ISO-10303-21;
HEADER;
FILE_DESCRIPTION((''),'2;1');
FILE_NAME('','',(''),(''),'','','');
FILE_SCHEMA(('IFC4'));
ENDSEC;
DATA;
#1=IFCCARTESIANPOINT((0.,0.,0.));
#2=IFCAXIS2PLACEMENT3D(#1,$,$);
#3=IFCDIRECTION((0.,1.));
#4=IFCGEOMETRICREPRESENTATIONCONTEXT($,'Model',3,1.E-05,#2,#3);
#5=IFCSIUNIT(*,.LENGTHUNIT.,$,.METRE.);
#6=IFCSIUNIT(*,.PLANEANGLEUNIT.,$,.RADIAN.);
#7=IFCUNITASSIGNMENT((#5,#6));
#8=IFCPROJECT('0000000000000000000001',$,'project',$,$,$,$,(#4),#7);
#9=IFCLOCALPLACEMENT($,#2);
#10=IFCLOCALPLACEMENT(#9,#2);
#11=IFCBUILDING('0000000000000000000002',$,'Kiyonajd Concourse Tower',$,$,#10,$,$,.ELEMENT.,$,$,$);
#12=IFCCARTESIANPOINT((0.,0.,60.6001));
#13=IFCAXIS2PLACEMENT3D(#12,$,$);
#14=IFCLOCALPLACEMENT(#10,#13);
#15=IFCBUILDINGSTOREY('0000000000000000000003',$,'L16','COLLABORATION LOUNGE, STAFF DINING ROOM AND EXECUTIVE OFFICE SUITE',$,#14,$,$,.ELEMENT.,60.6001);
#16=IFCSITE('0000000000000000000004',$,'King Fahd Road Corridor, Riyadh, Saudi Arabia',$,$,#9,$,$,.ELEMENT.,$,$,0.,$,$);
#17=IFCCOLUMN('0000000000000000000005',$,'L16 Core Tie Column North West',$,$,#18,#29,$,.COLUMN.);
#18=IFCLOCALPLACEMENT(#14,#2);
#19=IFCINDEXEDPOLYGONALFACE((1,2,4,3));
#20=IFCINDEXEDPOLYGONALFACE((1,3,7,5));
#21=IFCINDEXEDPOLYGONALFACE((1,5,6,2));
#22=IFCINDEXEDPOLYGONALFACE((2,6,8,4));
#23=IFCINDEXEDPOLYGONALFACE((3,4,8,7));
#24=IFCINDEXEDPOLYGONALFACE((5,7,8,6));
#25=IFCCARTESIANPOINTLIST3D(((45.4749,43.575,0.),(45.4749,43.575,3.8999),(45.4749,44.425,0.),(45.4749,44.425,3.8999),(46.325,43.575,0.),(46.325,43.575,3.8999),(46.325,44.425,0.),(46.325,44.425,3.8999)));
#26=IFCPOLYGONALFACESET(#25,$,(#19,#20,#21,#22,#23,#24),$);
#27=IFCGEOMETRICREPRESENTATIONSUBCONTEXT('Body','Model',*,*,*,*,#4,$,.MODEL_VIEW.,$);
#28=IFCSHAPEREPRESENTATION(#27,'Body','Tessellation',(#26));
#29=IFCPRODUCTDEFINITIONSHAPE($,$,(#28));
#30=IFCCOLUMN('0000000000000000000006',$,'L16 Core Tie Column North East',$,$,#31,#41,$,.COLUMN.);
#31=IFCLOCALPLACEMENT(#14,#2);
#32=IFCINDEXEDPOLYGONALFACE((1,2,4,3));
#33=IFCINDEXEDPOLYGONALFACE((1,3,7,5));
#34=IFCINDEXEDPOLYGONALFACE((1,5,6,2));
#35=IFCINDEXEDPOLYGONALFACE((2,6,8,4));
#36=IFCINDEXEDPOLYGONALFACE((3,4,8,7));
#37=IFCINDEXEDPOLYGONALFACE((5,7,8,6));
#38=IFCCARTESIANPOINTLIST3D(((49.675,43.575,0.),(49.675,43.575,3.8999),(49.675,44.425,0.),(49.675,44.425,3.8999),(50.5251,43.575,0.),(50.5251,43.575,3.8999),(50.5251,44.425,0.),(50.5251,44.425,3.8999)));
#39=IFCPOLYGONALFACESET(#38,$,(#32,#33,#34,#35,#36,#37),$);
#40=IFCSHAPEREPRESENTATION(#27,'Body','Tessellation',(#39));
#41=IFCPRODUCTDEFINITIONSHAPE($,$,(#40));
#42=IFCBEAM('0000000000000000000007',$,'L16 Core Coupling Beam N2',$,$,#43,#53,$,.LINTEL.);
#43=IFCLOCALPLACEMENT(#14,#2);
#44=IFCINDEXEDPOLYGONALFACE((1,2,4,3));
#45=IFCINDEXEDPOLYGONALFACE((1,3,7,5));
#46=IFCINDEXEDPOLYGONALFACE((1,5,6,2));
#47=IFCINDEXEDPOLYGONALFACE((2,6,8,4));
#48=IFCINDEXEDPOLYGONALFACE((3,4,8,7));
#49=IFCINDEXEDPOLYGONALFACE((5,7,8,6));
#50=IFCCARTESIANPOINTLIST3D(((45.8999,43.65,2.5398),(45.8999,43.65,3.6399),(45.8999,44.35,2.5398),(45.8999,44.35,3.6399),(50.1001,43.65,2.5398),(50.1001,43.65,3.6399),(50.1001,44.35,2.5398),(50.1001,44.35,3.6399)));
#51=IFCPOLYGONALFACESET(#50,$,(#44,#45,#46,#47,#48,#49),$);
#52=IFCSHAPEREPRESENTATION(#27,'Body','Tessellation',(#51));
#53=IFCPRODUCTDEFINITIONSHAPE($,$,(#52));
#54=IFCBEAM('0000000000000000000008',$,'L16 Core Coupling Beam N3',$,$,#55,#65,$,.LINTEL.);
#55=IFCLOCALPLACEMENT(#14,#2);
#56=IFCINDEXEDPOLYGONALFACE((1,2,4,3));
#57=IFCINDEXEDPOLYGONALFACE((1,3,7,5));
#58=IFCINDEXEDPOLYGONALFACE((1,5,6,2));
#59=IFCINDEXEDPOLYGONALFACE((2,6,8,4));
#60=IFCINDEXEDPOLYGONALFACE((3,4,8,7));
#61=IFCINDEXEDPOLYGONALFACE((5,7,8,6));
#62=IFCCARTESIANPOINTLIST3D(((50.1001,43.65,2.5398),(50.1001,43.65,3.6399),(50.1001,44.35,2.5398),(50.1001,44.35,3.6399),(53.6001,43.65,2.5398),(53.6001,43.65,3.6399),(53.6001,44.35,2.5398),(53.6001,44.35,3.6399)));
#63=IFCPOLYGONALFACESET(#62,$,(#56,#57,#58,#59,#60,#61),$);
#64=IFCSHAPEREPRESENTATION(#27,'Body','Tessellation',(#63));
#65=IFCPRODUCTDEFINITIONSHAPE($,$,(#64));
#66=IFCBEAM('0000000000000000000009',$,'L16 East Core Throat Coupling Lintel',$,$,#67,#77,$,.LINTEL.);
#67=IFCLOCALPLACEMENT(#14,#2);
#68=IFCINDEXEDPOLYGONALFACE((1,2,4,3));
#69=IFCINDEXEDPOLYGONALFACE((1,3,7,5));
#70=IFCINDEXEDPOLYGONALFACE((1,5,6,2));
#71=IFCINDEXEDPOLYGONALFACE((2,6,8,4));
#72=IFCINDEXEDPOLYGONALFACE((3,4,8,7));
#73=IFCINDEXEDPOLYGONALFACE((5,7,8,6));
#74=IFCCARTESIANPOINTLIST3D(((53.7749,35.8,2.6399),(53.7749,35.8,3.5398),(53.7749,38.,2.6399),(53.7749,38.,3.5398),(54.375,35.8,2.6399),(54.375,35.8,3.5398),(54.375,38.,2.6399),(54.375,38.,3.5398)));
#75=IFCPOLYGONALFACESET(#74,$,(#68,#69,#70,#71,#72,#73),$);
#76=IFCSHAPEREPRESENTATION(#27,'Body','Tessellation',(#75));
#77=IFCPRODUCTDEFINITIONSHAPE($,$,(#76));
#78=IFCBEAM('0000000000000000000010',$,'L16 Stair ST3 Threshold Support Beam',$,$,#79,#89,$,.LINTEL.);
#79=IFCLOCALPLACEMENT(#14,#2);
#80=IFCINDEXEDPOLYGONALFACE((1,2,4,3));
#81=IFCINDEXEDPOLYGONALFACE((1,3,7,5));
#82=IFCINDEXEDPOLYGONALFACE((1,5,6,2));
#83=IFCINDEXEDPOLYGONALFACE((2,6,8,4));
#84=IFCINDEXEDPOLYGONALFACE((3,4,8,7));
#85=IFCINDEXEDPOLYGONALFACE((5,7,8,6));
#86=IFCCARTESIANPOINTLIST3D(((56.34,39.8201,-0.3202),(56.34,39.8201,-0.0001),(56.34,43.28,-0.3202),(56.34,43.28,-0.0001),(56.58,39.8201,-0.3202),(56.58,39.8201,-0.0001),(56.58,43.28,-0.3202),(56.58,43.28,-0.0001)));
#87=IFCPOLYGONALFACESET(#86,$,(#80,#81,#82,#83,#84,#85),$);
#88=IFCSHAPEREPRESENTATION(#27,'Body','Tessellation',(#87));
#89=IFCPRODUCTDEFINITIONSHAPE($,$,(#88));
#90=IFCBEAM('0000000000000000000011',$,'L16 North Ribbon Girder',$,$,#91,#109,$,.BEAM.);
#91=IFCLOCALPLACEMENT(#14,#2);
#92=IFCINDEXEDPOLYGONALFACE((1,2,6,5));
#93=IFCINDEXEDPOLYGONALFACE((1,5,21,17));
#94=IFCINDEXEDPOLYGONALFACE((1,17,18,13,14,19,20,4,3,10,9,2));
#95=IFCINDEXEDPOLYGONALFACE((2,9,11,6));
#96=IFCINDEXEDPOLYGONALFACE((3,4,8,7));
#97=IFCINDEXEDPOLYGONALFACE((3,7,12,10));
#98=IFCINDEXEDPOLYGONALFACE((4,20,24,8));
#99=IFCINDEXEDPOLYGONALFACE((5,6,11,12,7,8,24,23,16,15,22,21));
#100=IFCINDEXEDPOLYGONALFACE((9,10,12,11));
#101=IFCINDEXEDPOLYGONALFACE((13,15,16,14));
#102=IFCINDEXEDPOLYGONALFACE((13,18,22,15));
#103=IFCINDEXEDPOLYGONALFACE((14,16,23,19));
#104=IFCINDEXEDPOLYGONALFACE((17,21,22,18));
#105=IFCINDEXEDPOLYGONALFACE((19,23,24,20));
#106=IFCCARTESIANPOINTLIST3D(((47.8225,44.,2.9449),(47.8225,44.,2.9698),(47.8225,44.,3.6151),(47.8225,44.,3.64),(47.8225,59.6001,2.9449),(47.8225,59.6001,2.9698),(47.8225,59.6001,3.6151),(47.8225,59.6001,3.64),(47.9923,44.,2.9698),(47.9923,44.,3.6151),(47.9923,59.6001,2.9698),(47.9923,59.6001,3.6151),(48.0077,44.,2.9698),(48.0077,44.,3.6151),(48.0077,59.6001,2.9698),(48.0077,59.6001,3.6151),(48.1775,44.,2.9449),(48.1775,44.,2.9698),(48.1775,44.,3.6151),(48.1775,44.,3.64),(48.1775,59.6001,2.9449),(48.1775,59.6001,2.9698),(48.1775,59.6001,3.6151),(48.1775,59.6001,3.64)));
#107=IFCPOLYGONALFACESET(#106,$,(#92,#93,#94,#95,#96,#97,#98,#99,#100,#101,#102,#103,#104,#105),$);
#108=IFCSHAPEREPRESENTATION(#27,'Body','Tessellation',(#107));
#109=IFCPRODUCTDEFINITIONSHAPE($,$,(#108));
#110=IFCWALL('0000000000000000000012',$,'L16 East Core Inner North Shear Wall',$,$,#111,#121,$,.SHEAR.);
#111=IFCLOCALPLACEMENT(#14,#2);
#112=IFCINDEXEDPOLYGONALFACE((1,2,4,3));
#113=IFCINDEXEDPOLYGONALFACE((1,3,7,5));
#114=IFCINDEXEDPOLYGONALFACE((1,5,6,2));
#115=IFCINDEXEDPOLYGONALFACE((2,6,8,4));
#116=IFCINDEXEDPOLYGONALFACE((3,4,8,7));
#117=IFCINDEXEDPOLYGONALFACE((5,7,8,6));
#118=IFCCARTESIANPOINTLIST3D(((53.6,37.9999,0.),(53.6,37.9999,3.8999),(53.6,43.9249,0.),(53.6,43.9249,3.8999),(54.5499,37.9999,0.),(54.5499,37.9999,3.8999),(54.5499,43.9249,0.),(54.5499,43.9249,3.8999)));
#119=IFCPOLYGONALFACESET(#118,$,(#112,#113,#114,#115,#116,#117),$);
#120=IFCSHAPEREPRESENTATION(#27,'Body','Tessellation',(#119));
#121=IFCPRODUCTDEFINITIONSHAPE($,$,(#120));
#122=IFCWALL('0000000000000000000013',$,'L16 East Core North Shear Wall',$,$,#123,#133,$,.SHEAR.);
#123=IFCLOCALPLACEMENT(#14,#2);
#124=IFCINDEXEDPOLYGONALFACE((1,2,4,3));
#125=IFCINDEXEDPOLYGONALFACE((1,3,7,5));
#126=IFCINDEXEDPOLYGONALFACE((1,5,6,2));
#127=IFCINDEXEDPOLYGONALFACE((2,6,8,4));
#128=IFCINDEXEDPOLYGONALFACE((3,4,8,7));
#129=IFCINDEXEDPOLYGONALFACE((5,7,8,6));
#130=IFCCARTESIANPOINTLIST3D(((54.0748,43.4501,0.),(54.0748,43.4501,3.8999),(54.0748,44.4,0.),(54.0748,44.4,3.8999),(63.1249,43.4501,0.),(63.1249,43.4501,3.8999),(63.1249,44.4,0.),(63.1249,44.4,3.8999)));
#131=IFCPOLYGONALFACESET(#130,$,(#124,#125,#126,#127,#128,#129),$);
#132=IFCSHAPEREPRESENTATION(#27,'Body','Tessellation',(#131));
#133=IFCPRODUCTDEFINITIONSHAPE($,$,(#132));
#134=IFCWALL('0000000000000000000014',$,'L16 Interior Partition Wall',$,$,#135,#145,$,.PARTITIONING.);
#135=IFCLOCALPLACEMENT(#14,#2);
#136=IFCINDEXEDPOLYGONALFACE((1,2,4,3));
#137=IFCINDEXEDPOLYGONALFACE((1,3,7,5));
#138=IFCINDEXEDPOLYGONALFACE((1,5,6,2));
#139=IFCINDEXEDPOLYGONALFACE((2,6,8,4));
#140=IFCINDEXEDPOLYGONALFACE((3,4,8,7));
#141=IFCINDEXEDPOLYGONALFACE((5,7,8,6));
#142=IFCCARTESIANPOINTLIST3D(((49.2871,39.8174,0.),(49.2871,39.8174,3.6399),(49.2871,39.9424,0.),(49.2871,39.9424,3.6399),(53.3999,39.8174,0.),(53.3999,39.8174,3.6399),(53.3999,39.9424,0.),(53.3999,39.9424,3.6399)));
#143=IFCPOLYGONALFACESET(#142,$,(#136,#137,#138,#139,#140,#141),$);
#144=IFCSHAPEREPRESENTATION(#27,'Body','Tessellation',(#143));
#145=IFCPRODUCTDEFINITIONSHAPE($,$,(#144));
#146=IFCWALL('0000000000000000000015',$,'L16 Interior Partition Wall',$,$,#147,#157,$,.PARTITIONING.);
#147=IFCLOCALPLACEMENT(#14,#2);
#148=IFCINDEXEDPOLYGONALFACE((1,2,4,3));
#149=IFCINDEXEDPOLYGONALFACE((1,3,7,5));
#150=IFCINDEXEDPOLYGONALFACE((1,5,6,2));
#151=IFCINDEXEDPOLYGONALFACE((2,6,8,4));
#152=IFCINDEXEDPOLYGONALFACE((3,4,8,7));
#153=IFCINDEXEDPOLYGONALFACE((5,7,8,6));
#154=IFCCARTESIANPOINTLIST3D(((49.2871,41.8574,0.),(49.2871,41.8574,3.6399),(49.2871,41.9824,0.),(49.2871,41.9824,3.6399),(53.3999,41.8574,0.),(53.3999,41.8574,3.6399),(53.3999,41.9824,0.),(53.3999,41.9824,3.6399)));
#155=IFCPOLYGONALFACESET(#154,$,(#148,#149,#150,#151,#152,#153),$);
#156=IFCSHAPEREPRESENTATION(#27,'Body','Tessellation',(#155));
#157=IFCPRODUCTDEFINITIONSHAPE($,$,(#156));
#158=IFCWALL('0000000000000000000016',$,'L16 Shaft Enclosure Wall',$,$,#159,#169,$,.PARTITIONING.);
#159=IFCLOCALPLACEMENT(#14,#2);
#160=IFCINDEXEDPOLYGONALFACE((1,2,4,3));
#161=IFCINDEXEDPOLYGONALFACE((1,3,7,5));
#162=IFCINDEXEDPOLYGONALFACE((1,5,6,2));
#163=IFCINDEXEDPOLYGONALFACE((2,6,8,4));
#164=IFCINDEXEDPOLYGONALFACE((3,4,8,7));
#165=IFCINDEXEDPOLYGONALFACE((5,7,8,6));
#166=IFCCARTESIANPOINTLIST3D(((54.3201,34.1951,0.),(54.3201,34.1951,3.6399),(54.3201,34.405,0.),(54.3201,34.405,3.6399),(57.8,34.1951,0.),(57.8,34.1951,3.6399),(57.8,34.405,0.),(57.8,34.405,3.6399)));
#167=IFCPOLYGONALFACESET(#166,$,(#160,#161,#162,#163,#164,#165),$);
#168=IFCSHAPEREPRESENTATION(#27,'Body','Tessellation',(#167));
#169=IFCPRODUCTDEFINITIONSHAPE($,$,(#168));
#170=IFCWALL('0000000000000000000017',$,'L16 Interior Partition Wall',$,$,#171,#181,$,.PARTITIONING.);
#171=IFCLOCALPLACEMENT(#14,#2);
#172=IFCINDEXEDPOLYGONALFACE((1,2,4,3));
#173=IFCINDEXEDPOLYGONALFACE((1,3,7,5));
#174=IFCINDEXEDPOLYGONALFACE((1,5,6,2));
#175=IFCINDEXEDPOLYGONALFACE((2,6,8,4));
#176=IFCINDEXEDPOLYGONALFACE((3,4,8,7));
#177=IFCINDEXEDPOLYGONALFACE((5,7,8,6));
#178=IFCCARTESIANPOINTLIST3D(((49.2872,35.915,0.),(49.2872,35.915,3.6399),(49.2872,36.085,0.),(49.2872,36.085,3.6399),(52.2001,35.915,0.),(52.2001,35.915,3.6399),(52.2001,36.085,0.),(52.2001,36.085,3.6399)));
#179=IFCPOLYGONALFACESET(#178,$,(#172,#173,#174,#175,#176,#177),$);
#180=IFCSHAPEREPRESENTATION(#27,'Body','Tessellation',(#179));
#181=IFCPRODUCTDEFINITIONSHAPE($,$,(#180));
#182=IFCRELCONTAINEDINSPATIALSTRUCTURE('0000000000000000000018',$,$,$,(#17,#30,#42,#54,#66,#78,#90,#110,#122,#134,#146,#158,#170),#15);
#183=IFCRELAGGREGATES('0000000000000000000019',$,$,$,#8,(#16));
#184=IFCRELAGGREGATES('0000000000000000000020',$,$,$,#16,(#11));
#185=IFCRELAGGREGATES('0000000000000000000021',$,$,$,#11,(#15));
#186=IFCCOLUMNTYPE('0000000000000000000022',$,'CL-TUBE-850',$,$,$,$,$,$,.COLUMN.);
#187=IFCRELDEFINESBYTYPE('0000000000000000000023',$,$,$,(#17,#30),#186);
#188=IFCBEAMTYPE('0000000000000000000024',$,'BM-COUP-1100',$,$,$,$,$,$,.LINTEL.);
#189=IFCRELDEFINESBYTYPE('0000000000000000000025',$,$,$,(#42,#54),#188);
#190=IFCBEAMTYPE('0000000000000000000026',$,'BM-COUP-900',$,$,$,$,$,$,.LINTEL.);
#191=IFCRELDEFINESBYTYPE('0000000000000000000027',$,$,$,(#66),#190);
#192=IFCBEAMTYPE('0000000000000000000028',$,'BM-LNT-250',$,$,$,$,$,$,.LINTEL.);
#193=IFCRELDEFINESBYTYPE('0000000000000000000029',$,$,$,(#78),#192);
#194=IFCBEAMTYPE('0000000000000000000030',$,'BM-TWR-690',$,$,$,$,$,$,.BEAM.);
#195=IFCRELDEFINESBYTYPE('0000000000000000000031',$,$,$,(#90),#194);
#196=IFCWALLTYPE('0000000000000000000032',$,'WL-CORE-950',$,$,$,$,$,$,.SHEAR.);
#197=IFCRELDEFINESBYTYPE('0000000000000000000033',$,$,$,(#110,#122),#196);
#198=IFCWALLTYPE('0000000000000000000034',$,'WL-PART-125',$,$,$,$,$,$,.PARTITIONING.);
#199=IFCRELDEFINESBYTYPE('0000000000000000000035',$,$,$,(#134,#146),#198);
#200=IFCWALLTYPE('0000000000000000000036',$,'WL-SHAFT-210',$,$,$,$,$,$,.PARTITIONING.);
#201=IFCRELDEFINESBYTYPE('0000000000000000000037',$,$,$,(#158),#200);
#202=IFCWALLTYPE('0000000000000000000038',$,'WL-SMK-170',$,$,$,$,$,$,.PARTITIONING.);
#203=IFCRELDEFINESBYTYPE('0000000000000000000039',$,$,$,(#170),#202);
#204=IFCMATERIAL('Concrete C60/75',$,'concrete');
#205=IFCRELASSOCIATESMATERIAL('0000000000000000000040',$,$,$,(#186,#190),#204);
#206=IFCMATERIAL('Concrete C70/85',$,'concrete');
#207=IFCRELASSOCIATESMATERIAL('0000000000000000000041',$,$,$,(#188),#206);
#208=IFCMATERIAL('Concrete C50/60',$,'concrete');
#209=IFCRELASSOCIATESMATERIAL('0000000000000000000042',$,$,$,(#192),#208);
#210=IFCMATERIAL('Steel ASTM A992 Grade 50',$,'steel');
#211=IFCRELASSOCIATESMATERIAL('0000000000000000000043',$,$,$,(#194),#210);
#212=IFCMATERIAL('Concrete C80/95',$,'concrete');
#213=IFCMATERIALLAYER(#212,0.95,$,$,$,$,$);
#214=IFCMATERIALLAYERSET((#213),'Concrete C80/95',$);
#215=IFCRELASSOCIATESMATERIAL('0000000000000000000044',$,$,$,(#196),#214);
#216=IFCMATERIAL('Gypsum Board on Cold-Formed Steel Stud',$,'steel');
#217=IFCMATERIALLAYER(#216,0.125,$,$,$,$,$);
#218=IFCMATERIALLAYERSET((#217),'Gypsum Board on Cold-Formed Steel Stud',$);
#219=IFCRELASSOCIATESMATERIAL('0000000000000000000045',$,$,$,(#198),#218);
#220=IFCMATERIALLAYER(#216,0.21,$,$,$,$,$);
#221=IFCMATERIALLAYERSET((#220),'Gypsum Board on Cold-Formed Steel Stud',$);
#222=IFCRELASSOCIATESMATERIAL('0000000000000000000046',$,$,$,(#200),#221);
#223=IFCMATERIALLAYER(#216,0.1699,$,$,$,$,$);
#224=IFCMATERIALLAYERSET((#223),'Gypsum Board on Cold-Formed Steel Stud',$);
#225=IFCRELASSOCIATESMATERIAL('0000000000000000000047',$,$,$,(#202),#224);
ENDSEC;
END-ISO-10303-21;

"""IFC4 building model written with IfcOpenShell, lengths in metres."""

from ifc_helpers import new_model, si_unit, direction, frame, frame_2d, origin, origin_2d, place, context, subcontext, project, spatial, rectangle, i_section, extrude, material, layer, layer_set, material_profile, profile_set, type_object, element, save


model = new_model("IFC4")

# Units and contexts
model_context = context("Model", 3, precision=1e-05, world=origin(), true_north=direction((0.0, 1.0)))
body_context = subcontext(model_context, "Body", "Model", "MODEL_VIEW")
ifc_project = project(units=[si_unit("LENGTHUNIT", "METRE"), si_unit("PLANEANGLEUNIT", "RADIAN")], contexts=[model_context])

# Site, building, storey
site_placement = place(None, origin())
site = spatial("IfcSite", under=ifc_project, at=site_placement, Name="King Fahd Road Corridor, Riyadh, Saudi Arabia", CompositionType="ELEMENT", RefElevation=0.0)
building_placement = place(site_placement, origin())
building = spatial("IfcBuilding", under=site, at=building_placement, Name="Kiyonajd Concourse Tower", CompositionType="ELEMENT")
storey_placement = place(building_placement, frame((0.0, 0.0, 60.6001)))
storey = spatial("IfcBuildingStorey", under=building, at=storey_placement, Name="L16", Description="COLLABORATION LOUNGE, STAFF DINING ROOM AND EXECUTIVE OFFICE SUITE", CompositionType="ELEMENT", Elevation=60.6001)

# Columns
ifc_material_1 = material(Name="Concrete C60/75", Category="concrete")
ifc_material_profile_1 = material_profile(ifc_material_1, rectangle(XDim=0.8501, YDim=0.8501, at=origin_2d()), Name="RC-850x850")
ifc_profile_set_1 = profile_set([ifc_material_profile_1], Name="Concrete C60/75")
column_type = type_object("IfcColumnType", Name="CL-TUBE-850", PredefinedType="COLUMN", material=ifc_profile_set_1)
for number, where, z_axis, x_axis, name in (
    (1, (45.8999, 44.0, 0.0), (0.0, 0.0, 1.0), (1.0, 0.0, 0.0), "L16 Core Tie Column North West"),
    (2, (50.1001, 44.0, 0.0), (0.0, 0.0, 1.0), (1.0, 0.0, 0.0), "L16 Core Tie Column North East"),
):
    element("IfcColumn", number, at=place(storey_placement, frame(where, z_axis=z_axis, x_axis=x_axis)), inside=storey, type_object=column_type, Name=name, PredefinedType="COLUMN", context=body_context, shape_type="SweptSolid", body=[
        extrude(rectangle(XDim=0.8501, YDim=0.8501, at=origin_2d()), origin(), (0.0, 0.0, 1.0), 3.8999),
    ])

# Beams
ifc_material_2 = material(Name="Concrete C70/85", Category="concrete")
ifc_material_profile_2 = material_profile(ifc_material_2, rectangle(XDim=0.7, YDim=1.1001, at=origin_2d()), Name="RCBM-700x1100")
ifc_profile_set_2 = profile_set([ifc_material_profile_2], Name="Concrete C70/85")
beam_type_1 = type_object("IfcBeamType", Name="BM-COUP-1100", PredefinedType="LINTEL", material=ifc_profile_set_2)
beam_1_placement = place(storey_placement, frame((45.8999, 44.0, 3.0898), z_axis=(1.0, 0.0, 0.0), x_axis=(0.0, 1.0, 0.0)))
element("IfcBeam", 3, at=beam_1_placement, inside=storey, type_object=beam_type_1, Name="L16 Core Coupling Beam N2", PredefinedType="LINTEL", context=body_context, shape_type="SweptSolid", body=[
    extrude(rectangle(XDim=0.7, YDim=1.1001, at=origin_2d()), origin(), (0.0, 0.0, 1.0), 4.2002),
])
beam_2_placement = place(storey_placement, frame((50.1001, 44.0, 3.0898), z_axis=(1.0, 0.0, 0.0), x_axis=(0.0, 1.0, 0.0)))
element("IfcBeam", 4, at=beam_2_placement, inside=storey, type_object=beam_type_1, Name="L16 Core Coupling Beam N3", PredefinedType="LINTEL", context=body_context, shape_type="SweptSolid", body=[
    extrude(rectangle(XDim=0.7, YDim=1.1001, at=origin_2d()), origin(), (0.0, 0.0, 1.0), 3.5),
])
ifc_material_profile_3 = material_profile(ifc_material_1, rectangle(XDim=0.6001, YDim=0.8999, at=origin_2d()), Name="RCBM-600x900")
ifc_profile_set_3 = profile_set([ifc_material_profile_3], Name="Concrete C60/75")
beam_type_2 = type_object("IfcBeamType", Name="BM-COUP-900", PredefinedType="LINTEL", material=ifc_profile_set_3)
beam_3_placement = place(storey_placement, frame((54.075, 35.8, 3.0898), z_axis=(0.0, 1.0, 0.0), x_axis=(-1.0, 0.0, 0.0)))
element("IfcBeam", 5, at=beam_3_placement, inside=storey, type_object=beam_type_2, Name="L16 East Core Throat Coupling Lintel", PredefinedType="LINTEL", context=body_context, shape_type="SweptSolid", body=[
    extrude(rectangle(XDim=0.6001, YDim=0.8999, at=origin_2d()), origin(), (0.0, 0.0, 1.0), 2.2),
])
ifc_material_3 = material(Name="Concrete C50/60", Category="concrete")
ifc_material_profile_4 = material_profile(ifc_material_3, rectangle(XDim=0.24, YDim=0.3201, at=origin_2d()), Name="RCBM-240x320")
ifc_profile_set_4 = profile_set([ifc_material_profile_4], Name="Concrete C50/60")
beam_type_3 = type_object("IfcBeamType", Name="BM-LNT-250", PredefinedType="LINTEL", material=ifc_profile_set_4)
beam_4_placement = place(storey_placement, frame((56.46, 39.8201, -0.1602), z_axis=(0.0, 1.0, 0.0), x_axis=(-1.0, 0.0, 0.0)))
element("IfcBeam", 6, at=beam_4_placement, inside=storey, type_object=beam_type_3, Name="L16 Stair ST3 Threshold Support Beam", PredefinedType="LINTEL", context=body_context, shape_type="SweptSolid", body=[
    extrude(rectangle(XDim=0.24, YDim=0.3201, at=origin_2d()), origin(), (0.0, 0.0, 1.0), 3.46),
])
ifc_material_4 = material(Name="Steel ASTM A992 Grade 50", Category="steel")
ifc_material_profile_5 = material_profile(ifc_material_4, i_section(OverallWidth=0.355, OverallDepth=0.6951, WebThickness=0.0154, FlangeThickness=0.0249, at=origin_2d()), Name="W690X217")
ifc_profile_set_5 = profile_set([ifc_material_profile_5], Name="Steel ASTM A992 Grade 50")
beam_type_4 = type_object("IfcBeamType", Name="BM-TWR-690", PredefinedType="BEAM", material=ifc_profile_set_5)
beam_5_placement = place(storey_placement, frame((48.0, 44.0, 3.2925), z_axis=(0.0, 1.0, 0.0), x_axis=(-1.0, 0.0, 0.0)))
element("IfcBeam", 7, at=beam_5_placement, inside=storey, type_object=beam_type_4, Name="L16 North Ribbon Girder", PredefinedType="BEAM", context=body_context, shape_type="SweptSolid", body=[
    extrude(i_section(OverallWidth=0.355, OverallDepth=0.6951, WebThickness=0.0154, FlangeThickness=0.0249, at=origin_2d()), origin(), (0.0, 0.0, 1.0), 15.6001),
])

# Walls
ifc_material_5 = material(Name="Concrete C80/95", Category="concrete")
ifc_layer_1 = layer(ifc_material_5, 0.95)
ifc_layer_set_1 = layer_set([ifc_layer_1], Name="Concrete C80/95")
wall_type_1 = type_object("IfcWallType", Name="WL-CORE-950", PredefinedType="SHEAR", material=ifc_layer_set_1)
wall_1_placement = place(storey_placement, frame((54.075, 38.0, 0.0), z_axis=(0.0, 0.0, 1.0), x_axis=(0.0, 1.0, 0.0)))
element("IfcWall", 8, at=wall_1_placement, inside=storey, type_object=wall_type_1, Name="L16 East Core Inner North Shear Wall", PredefinedType="SHEAR", context=body_context, shape_type="SweptSolid", body=[
    extrude(rectangle(XDim=5.925, YDim=0.95, at=frame_2d((2.9624, 0.0))), origin(), (0.0, 0.0, 1.0), 3.8999),
])
wall_2_placement = place(storey_placement, frame((54.075, 43.925, 0.0), z_axis=(0.0, 0.0, 1.0), x_axis=(1.0, 0.0, 0.0)))
element("IfcWall", 9, at=wall_2_placement, inside=storey, type_object=wall_type_1, Name="L16 East Core North Shear Wall", PredefinedType="SHEAR", context=body_context, shape_type="SweptSolid", body=[
    extrude(rectangle(XDim=9.05, YDim=0.95, at=frame_2d((4.5249, 0.0))), origin(), (0.0, 0.0, 1.0), 3.8999),
])
ifc_material_6 = material(Name="Gypsum Board on Cold-Formed Steel Stud", Category="steel")
ifc_layer_2 = layer(ifc_material_6, 0.125)
ifc_layer_set_2 = layer_set([ifc_layer_2], Name="Gypsum Board on Cold-Formed Steel Stud")
wall_type_2 = type_object("IfcWallType", Name="WL-PART-125", PredefinedType="PARTITIONING", material=ifc_layer_set_2)
for number, where, z_axis, x_axis, name in (
    (10, (49.2871, 39.8799, 0.0), (0.0, 0.0, 1.0), (1.0, 0.0, 0.0), "L16 Interior Partition Wall"),
    (11, (49.2871, 41.9199, 0.0), (0.0, 0.0, 1.0), (1.0, 0.0, 0.0), "L16 Interior Partition Wall"),
):
    element("IfcWall", number, at=place(storey_placement, frame(where, z_axis=z_axis, x_axis=x_axis)), inside=storey, type_object=wall_type_2, Name=name, PredefinedType="PARTITIONING", context=body_context, shape_type="SweptSolid", body=[
        extrude(rectangle(XDim=4.1128, YDim=0.125, at=frame_2d((2.0564, 0.0))), origin(), (0.0, 0.0, 1.0), 3.6399),
    ])
ifc_layer_3 = layer(ifc_material_6, 0.21)
ifc_layer_set_3 = layer_set([ifc_layer_3], Name="Gypsum Board on Cold-Formed Steel Stud")
wall_type_3 = type_object("IfcWallType", Name="WL-SHAFT-210", PredefinedType="PARTITIONING", material=ifc_layer_set_3)
wall_3_placement = place(storey_placement, frame((54.3201, 34.3, 0.0), z_axis=(0.0, 0.0, 1.0), x_axis=(1.0, 0.0, 0.0)))
element("IfcWall", 12, at=wall_3_placement, inside=storey, type_object=wall_type_3, Name="L16 Shaft Enclosure Wall", PredefinedType="PARTITIONING", context=body_context, shape_type="SweptSolid", body=[
    extrude(rectangle(XDim=3.48, YDim=0.21, at=frame_2d((1.74, 0.0))), origin(), (0.0, 0.0, 1.0), 3.6399),
])
ifc_layer_4 = layer(ifc_material_6, 0.1699)
ifc_layer_set_4 = layer_set([ifc_layer_4], Name="Gypsum Board on Cold-Formed Steel Stud")
wall_type_4 = type_object("IfcWallType", Name="WL-SMK-170", PredefinedType="PARTITIONING", material=ifc_layer_set_4)
wall_4_placement = place(storey_placement, frame((49.2871, 36.0, 0.0), z_axis=(0.0, 0.0, 1.0), x_axis=(1.0, 0.0, 0.0)))
element("IfcWall", 13, at=wall_4_placement, inside=storey, type_object=wall_type_4, Name="L16 Interior Partition Wall", PredefinedType="PARTITIONING", context=body_context, shape_type="SweptSolid", body=[
    extrude(rectangle(XDim=2.9128, YDim=0.1699, at=frame_2d((1.4565, 0.0))), origin(), (0.0, 0.0, 1.0), 3.6399),
])

save(model, "model.ifc")
